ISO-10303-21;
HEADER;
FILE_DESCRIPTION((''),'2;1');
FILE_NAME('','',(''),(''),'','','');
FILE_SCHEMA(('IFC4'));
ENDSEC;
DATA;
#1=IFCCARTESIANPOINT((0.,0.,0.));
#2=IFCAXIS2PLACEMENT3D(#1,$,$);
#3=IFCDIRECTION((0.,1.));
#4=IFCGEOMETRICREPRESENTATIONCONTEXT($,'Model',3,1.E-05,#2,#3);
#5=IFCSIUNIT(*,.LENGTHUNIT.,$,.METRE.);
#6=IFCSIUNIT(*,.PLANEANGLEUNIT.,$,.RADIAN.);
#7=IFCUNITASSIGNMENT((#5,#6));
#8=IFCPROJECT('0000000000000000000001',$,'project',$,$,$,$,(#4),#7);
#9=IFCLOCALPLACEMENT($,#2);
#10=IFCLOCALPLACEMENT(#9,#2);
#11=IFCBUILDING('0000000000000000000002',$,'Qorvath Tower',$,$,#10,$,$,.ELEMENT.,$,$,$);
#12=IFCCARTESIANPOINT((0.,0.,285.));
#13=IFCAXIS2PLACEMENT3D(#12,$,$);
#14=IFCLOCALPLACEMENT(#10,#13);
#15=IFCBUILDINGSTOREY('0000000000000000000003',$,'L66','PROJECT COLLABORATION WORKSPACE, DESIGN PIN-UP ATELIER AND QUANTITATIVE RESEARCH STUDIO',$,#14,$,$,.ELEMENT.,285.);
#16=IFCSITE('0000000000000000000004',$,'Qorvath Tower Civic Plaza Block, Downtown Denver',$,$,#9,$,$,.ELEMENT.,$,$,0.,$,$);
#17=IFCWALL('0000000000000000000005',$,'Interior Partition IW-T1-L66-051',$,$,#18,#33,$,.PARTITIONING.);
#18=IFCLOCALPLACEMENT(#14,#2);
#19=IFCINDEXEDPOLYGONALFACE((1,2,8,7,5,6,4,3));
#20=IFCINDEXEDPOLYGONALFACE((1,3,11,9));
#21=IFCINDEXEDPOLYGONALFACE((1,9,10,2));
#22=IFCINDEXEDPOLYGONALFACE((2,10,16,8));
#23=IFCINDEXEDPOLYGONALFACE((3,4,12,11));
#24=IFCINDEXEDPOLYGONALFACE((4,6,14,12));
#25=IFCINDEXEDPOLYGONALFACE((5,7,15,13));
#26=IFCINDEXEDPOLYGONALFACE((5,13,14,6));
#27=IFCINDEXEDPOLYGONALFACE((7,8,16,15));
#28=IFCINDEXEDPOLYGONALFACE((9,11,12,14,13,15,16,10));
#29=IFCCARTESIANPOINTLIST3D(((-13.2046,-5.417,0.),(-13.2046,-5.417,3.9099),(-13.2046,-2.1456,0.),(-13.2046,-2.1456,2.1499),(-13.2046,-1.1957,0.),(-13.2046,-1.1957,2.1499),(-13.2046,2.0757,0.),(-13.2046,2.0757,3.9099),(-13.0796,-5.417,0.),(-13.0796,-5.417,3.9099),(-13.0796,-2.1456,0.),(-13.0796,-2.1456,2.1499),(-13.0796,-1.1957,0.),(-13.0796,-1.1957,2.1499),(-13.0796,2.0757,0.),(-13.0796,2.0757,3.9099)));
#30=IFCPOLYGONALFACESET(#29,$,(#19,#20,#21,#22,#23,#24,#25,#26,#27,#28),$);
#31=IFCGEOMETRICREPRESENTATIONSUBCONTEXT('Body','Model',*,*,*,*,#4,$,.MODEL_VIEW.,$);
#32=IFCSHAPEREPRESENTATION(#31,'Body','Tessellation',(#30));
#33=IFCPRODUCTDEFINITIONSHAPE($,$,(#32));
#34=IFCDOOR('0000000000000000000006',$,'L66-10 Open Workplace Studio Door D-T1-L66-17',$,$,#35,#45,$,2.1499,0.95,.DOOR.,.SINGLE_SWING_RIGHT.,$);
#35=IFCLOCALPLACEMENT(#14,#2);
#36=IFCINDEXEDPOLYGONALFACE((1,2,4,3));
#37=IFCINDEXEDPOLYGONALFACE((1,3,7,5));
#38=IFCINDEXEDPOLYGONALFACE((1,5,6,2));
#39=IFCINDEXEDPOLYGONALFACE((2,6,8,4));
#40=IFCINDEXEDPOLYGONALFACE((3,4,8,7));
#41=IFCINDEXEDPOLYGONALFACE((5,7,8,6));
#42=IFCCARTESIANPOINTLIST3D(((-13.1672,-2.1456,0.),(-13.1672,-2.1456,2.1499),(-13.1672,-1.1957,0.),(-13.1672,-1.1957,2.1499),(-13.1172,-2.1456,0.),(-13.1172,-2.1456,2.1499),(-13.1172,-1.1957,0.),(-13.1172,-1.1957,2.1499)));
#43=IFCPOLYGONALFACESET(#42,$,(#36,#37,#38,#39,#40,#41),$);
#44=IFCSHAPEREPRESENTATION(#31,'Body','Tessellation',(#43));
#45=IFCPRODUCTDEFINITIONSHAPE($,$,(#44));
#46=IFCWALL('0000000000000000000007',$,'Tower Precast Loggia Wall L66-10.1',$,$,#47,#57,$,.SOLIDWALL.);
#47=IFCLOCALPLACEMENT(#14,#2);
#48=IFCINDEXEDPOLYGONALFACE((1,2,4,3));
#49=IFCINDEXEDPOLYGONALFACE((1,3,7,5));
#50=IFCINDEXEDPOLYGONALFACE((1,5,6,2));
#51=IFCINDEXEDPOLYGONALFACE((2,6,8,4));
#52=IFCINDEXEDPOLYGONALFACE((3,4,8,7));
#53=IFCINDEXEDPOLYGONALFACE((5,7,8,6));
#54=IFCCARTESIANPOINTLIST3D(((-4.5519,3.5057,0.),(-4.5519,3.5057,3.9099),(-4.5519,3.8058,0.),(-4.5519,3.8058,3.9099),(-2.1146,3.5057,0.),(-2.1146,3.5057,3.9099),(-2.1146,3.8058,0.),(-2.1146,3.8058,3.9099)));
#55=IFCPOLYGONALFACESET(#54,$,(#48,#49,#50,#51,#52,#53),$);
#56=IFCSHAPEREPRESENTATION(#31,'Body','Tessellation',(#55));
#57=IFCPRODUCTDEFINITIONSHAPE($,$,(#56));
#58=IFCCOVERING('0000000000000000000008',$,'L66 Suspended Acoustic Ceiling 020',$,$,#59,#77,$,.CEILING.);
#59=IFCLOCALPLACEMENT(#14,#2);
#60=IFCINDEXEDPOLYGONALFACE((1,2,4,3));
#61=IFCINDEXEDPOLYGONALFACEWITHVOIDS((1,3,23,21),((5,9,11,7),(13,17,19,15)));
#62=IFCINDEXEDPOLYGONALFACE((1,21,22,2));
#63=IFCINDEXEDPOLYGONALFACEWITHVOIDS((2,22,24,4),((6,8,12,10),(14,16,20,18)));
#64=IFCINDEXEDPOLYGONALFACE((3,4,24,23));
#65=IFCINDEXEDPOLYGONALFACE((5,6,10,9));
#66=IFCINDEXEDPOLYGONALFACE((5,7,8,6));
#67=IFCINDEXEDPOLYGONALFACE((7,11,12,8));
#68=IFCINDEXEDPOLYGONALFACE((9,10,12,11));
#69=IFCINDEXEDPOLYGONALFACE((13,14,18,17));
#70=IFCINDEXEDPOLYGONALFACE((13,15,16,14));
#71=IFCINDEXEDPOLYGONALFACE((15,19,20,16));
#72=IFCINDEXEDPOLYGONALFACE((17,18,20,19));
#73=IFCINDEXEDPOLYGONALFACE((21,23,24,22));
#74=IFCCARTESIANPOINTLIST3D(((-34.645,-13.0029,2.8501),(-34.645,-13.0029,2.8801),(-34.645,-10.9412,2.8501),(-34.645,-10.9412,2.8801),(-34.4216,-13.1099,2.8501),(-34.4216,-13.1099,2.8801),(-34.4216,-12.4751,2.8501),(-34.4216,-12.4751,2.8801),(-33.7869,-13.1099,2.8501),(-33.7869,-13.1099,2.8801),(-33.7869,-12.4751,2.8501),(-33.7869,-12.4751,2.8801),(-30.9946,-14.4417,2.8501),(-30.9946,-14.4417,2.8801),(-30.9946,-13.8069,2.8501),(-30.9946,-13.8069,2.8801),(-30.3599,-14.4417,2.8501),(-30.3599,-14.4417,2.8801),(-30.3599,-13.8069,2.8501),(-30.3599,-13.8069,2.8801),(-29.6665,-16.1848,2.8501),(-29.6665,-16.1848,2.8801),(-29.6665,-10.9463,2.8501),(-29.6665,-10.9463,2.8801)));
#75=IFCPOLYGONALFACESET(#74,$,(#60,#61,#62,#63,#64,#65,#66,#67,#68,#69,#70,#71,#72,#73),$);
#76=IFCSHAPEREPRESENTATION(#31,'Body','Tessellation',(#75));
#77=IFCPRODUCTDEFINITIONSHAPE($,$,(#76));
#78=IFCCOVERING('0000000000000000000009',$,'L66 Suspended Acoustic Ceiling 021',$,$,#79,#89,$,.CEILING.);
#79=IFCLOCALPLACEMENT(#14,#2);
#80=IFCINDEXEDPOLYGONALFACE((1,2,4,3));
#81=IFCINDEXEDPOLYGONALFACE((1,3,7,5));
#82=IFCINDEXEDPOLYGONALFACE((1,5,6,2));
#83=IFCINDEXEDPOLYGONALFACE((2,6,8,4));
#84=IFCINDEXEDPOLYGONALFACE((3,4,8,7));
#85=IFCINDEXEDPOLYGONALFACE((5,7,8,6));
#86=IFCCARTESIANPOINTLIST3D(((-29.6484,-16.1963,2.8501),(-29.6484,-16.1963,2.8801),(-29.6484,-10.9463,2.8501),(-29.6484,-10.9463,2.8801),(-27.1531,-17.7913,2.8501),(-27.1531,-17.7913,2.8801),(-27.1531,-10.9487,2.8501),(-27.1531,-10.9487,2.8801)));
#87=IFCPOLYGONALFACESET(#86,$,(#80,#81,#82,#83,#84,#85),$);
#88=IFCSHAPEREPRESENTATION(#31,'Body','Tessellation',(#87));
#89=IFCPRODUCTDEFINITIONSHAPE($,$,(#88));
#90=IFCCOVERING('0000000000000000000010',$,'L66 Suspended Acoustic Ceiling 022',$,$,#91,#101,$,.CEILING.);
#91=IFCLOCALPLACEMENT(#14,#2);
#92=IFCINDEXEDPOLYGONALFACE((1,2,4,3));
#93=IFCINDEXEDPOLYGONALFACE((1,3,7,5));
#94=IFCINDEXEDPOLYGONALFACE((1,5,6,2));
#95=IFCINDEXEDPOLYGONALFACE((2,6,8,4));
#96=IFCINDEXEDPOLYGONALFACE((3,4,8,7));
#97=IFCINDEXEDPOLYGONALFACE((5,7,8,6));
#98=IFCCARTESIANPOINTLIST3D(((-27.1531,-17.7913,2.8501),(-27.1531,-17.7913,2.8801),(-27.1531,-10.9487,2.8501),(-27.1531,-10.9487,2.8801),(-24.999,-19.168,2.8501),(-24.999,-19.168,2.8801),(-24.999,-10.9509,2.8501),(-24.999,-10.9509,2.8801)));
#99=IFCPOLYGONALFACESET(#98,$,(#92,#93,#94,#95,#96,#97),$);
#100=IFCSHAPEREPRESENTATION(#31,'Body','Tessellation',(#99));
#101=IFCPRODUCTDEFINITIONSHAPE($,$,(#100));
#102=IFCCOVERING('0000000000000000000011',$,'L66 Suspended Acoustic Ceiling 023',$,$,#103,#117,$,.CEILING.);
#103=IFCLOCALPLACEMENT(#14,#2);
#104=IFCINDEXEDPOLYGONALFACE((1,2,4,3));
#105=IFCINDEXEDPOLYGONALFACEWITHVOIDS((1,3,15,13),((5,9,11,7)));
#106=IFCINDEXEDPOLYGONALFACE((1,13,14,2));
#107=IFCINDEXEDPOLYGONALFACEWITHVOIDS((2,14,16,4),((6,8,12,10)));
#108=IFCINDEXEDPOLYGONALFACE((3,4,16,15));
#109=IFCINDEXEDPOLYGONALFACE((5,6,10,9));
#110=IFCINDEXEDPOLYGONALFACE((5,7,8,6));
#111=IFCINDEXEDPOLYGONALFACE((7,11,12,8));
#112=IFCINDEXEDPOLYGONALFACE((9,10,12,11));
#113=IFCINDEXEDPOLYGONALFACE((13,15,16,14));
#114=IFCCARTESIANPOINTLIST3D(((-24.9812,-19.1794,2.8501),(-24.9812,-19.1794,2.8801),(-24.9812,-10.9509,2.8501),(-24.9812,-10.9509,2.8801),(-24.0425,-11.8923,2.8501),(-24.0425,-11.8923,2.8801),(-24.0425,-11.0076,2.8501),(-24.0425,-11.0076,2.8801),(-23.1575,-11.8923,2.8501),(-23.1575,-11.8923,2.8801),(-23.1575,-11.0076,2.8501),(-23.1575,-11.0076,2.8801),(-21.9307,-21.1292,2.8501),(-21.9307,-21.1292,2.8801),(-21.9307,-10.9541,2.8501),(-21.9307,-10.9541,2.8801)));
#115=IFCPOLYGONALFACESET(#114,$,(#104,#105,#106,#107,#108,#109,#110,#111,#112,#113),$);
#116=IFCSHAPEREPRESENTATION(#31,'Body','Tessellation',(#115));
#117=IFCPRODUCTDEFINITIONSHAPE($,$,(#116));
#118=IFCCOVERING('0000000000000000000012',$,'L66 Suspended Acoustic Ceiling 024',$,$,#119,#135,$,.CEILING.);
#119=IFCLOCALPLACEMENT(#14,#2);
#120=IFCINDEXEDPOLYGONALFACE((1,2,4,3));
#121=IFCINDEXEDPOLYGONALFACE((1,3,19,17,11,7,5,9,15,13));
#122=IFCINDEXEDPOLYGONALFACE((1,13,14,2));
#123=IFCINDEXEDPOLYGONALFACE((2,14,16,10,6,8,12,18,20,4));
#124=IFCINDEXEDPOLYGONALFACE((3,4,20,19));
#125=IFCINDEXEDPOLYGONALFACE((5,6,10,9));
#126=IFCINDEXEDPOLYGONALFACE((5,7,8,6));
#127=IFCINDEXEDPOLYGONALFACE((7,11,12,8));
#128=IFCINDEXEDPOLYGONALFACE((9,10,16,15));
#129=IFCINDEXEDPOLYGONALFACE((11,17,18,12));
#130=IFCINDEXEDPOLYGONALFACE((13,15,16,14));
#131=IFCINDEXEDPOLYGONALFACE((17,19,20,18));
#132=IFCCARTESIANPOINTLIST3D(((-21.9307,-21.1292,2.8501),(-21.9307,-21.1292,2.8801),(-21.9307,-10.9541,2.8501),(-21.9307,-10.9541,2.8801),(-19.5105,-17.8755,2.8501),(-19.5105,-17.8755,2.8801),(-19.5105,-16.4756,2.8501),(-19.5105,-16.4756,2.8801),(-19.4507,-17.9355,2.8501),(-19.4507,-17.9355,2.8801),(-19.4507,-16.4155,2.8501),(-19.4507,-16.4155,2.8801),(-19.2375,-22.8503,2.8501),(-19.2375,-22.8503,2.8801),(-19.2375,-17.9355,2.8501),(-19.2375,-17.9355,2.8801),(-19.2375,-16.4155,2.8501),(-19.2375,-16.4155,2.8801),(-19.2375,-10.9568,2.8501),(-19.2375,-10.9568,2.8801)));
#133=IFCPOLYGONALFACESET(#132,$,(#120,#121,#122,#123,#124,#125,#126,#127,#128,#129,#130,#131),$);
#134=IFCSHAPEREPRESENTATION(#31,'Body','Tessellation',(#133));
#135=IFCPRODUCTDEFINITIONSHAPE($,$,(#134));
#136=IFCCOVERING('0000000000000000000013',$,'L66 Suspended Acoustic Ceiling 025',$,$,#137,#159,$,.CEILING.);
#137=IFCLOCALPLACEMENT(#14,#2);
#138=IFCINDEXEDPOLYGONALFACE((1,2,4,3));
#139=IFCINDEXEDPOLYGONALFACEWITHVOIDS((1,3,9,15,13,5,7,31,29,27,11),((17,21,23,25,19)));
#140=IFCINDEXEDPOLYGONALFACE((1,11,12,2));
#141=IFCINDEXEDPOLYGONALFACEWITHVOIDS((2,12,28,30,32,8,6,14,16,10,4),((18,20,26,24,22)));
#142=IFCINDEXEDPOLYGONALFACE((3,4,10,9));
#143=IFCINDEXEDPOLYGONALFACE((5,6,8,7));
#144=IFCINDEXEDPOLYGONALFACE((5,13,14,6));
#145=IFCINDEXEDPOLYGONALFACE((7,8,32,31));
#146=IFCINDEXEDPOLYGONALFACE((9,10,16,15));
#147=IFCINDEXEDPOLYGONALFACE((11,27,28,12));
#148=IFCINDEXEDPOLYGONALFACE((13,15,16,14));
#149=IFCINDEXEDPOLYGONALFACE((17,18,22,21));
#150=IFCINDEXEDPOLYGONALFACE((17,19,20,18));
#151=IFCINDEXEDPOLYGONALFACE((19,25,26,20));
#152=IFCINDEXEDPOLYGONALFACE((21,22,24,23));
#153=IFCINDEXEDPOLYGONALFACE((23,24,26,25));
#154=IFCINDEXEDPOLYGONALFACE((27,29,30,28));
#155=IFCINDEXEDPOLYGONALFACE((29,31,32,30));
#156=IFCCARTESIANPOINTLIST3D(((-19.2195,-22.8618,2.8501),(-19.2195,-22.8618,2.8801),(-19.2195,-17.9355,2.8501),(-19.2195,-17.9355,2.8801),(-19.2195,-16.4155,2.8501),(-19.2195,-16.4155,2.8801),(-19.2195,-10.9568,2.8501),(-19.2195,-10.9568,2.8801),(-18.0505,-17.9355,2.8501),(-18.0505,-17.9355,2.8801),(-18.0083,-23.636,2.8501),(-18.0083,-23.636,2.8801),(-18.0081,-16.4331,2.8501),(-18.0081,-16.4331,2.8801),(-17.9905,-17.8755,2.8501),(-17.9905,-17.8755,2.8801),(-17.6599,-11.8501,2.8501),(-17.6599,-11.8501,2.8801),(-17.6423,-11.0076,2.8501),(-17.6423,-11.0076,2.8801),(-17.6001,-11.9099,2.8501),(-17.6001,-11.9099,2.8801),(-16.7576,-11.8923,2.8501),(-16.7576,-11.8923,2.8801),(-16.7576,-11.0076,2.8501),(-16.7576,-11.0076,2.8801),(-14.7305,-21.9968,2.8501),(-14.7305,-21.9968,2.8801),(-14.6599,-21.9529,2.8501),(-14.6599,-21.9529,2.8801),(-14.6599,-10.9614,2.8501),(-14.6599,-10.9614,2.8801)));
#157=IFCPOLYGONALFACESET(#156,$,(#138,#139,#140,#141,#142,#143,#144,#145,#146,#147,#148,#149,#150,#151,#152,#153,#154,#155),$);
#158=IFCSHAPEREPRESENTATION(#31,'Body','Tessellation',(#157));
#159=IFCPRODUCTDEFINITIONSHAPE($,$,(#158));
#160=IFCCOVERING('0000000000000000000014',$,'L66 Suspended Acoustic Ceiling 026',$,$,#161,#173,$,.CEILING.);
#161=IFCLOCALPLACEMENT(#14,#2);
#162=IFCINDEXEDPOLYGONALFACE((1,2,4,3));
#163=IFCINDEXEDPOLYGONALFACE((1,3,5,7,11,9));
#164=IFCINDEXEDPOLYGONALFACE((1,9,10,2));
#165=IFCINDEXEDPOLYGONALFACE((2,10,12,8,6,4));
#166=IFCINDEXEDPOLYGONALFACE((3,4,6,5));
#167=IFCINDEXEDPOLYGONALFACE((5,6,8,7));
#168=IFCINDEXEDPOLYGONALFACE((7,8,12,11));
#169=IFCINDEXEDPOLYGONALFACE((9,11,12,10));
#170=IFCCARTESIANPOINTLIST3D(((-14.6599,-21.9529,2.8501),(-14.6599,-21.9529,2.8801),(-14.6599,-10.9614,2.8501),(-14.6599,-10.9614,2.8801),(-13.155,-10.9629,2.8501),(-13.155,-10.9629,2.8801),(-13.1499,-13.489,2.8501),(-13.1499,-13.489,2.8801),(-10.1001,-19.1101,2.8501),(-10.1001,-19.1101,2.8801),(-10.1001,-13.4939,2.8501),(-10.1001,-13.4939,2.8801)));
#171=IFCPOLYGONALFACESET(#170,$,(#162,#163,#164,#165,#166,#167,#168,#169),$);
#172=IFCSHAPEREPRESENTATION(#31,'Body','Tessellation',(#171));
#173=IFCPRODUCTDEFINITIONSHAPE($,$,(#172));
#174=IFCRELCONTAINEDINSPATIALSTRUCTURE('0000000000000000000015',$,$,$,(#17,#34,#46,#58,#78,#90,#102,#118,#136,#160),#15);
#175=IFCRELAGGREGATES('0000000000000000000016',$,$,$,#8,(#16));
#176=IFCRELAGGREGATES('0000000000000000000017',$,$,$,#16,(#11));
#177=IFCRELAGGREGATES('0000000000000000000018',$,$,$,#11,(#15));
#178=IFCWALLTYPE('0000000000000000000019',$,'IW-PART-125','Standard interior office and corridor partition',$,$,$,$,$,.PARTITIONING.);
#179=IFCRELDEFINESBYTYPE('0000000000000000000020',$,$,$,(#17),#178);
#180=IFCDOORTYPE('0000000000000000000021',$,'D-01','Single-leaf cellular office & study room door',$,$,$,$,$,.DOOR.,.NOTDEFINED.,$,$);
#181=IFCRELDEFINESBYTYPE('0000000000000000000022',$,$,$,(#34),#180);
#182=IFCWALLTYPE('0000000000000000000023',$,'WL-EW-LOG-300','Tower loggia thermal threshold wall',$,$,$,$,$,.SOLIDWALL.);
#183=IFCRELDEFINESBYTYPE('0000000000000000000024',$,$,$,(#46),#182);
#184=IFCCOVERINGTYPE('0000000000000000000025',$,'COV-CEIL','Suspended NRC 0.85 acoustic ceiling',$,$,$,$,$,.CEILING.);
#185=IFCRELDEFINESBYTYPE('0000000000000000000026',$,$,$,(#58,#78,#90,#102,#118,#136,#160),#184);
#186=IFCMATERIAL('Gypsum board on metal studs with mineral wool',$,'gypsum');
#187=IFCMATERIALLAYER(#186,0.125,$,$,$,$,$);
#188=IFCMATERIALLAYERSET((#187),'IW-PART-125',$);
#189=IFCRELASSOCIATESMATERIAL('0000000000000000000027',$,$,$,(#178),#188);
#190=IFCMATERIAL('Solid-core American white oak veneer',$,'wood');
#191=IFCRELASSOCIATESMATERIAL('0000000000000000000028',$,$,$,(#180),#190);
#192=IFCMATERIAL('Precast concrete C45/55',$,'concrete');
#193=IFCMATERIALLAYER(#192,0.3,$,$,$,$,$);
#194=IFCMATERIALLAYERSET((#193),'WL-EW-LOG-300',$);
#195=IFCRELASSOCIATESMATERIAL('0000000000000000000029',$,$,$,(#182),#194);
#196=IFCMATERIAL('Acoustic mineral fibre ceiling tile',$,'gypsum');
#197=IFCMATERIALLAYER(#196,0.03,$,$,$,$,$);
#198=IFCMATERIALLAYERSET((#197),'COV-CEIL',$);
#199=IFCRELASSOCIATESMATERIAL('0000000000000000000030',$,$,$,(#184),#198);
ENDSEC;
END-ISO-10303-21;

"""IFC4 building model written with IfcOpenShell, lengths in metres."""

from ifc_helpers import new_model, si_unit, direction, frame, frame_2d, origin, place, context, subcontext, project, spatial, polyline, rectangle, outline, extrude, material, layer, layer_set, type_object, element, fill, save


model = new_model("IFC4")

# Units and contexts
model_context = context("Model", 3, precision=1e-05, world=origin(), true_north=direction((0.0, 1.0)))
body_context = subcontext(model_context, "Body", "Model", "MODEL_VIEW")
ifc_project = project(units=[si_unit("LENGTHUNIT", "METRE"), si_unit("PLANEANGLEUNIT", "RADIAN")], contexts=[model_context])

# Site, building, storey
site_placement = place(None, origin())
site = spatial("IfcSite", under=ifc_project, at=site_placement, Name="Qorvath Tower Civic Plaza Block, Downtown Denver", CompositionType="ELEMENT", RefElevation=0.0)
building_placement = place(site_placement, origin())
building = spatial("IfcBuilding", under=site, at=building_placement, Name="Qorvath Tower", CompositionType="ELEMENT")
storey_placement = place(building_placement, frame((0.0, 0.0, 285.0)))
storey = spatial("IfcBuildingStorey", under=building, at=storey_placement, Name="L66", Description="PROJECT COLLABORATION WORKSPACE, DESIGN PIN-UP ATELIER AND QUANTITATIVE RESEARCH STUDIO", CompositionType="ELEMENT", Elevation=285.0)

# Shared definitions
ifc_material_1 = material(Name="Gypsum board on metal studs with mineral wool", Category="gypsum")
ifc_layer_1 = layer(ifc_material_1, 0.125)
ifc_layer_set_1 = layer_set([ifc_layer_1], Name="IW-PART-125")
wall_type_1 = type_object("IfcWallType", Name="IW-PART-125", Description="Standard interior office and corridor partition", PredefinedType="PARTITIONING", material=ifc_layer_set_1)

# Wall, opening, door
wall_1_placement = place(storey_placement, frame((-13.1421, 2.0757, 0.0), z_axis=(0.0, 0.0, 1.0), x_axis=(0.0, -1.0, 0.0)))
wall_1 = element("IfcWall", 1, at=wall_1_placement, inside=storey, type_object=wall_type_1, Name="Interior Partition IW-T1-L66-051", PredefinedType="PARTITIONING", context=body_context, shape_type="SweptSolid", body=[
    extrude(rectangle(XDim=7.4927, YDim=0.125, at=frame_2d((3.7463, 0.0))), origin(), (0.0, 0.0, 1.0), 3.9099),
])
opening_placement = place(wall_1_placement, frame((3.2712, 0.0, 0.0)))
opening = element("IfcOpeningElement", 2, at=opening_placement, cuts=wall_1, PredefinedType="OPENING", context=body_context, shape_type="SweptSolid", body=[
    extrude(rectangle(XDim=0.95, YDim=2.1499, at=frame_2d((0.4751, 1.075))), frame((0.0, 0.0725, 0.0), z_axis=(0.0, -1.0, 0.0), x_axis=(1.0, 0.0, 0.0)), (0.0, 0.0, 1.0), 0.145),
])
ifc_material_2 = material(Name="Solid-core American white oak veneer", Category="wood")
door_type = type_object("IfcDoorType", Name="D-01", Description="Single-leaf cellular office & study room door", OperationType="NOTDEFINED", PredefinedType="DOOR", material=ifc_material_2)
door_placement = place(opening_placement, origin())
door = element("IfcDoor", 3, at=door_placement, inside=storey, type_object=door_type, Name="L66-10 Open Workplace Studio Door D-T1-L66-17", OperationType="SINGLE_SWING_RIGHT", OverallHeight=2.1499, OverallWidth=0.95, PredefinedType="DOOR", context=body_context, shape_type="SweptSolid", body=[
    extrude(rectangle(XDim=0.95, YDim=2.1499, at=frame_2d((0.4751, 1.075))), frame((0.0, 0.0249, 0.0), z_axis=(0.0, -1.0, 0.0), x_axis=(1.0, 0.0, 0.0)), (0.0, 0.0, 1.0), 0.05),
])
fill(opening, door)

# Wall
ifc_material_3 = material(Name="Precast concrete C45/55", Category="concrete")
ifc_layer_2 = layer(ifc_material_3, 0.3)
ifc_layer_set_2 = layer_set([ifc_layer_2], Name="WL-EW-LOG-300")
wall_type_2 = type_object("IfcWallType", Name="WL-EW-LOG-300", Description="Tower loggia thermal threshold wall", PredefinedType="SOLIDWALL", material=ifc_layer_set_2)
wall_2_placement = place(storey_placement, frame((-4.552, 3.6558, 0.0), z_axis=(0.0, 0.0, 1.0), x_axis=(1.0, 0.0, 0.0)))
element("IfcWall", 4, at=wall_2_placement, inside=storey, type_object=wall_type_2, Name="Tower Precast Loggia Wall L66-10.1", PredefinedType="SOLIDWALL", context=body_context, shape_type="SweptSolid", body=[
    extrude(rectangle(XDim=2.4373, YDim=0.3, at=frame_2d((1.2188, 0.0))), origin(), (0.0, 0.0, 1.0), 3.9099),
])

# Coverings
ifc_material_4 = material(Name="Acoustic mineral fibre ceiling tile", Category="gypsum")
ifc_layer_3 = layer(ifc_material_4, 0.03)
ifc_layer_set_3 = layer_set([ifc_layer_3], Name="COV-CEIL")
covering_type_1 = type_object("IfcCoveringType", Name="COV-CEIL", Description="Suspended NRC 0.85 acoustic ceiling", PredefinedType="CEILING", material=ifc_layer_set_3)
covering_1_placement = place(storey_placement, frame((0.0, 0.0, 2.8501)))
element("IfcCovering", 5, at=covering_1_placement, inside=storey, type_object=covering_type_1, Name="L66 Suspended Acoustic Ceiling 020", PredefinedType="CEILING", context=body_context, shape_type="SweptSolid", body=[
    extrude(outline(polyline([(-34.645, -13.0029), (-29.6665, -16.1848), (-29.6665, -10.9463), (-34.645, -10.9412), (-34.645, -13.0029)]), holes=[polyline([(-30.9946, -13.8069), (-30.3599, -13.8069), (-30.3599, -14.4417), (-30.9946, -14.4417), (-30.9946, -13.8069)]), polyline([(-34.4216, -12.4751), (-33.7869, -12.4751), (-33.7869, -13.1099), (-34.4216, -13.1099), (-34.4216, -12.4751)])]), origin(), (0.0, 0.0, 1.0), 0.03),
])
covering_2_placement = place(storey_placement, frame((0.0, 0.0, 2.8501)))
element("IfcCovering", 6, at=covering_2_placement, inside=storey, type_object=covering_type_1, Name="L66 Suspended Acoustic Ceiling 021", PredefinedType="CEILING", context=body_context, shape_type="SweptSolid", body=[
    extrude(outline(polyline([(-29.6484, -10.9463), (-29.6484, -16.1963), (-27.1531, -17.7913), (-27.1531, -10.9487), (-29.6484, -10.9463)])), origin(), (0.0, 0.0, 1.0), 0.03),
])
covering_3_placement = place(storey_placement, frame((0.0, 0.0, 2.8501)))
element("IfcCovering", 7, at=covering_3_placement, inside=storey, type_object=covering_type_1, Name="L66 Suspended Acoustic Ceiling 022", PredefinedType="CEILING", context=body_context, shape_type="SweptSolid", body=[
    extrude(outline(polyline([(-27.1531, -10.9487), (-27.1531, -17.7913), (-24.999, -19.168), (-24.999, -10.9509), (-27.1531, -10.9487)])), origin(), (0.0, 0.0, 1.0), 0.03),
])
covering_4_placement = place(storey_placement, frame((0.0, 0.0, 2.8501)))
element("IfcCovering", 8, at=covering_4_placement, inside=storey, type_object=covering_type_1, Name="L66 Suspended Acoustic Ceiling 023", PredefinedType="CEILING", context=body_context, shape_type="SweptSolid", body=[
    extrude(outline(polyline([(-24.9812, -19.1794), (-21.9307, -21.1292), (-21.9307, -10.9541), (-24.9812, -10.9509), (-24.9812, -19.1794)]), holes=[polyline([(-24.0425, -11.8923), (-24.0425, -11.0076), (-23.1575, -11.0076), (-23.1575, -11.8923), (-24.0425, -11.8923)])]), origin(), (0.0, 0.0, 1.0), 0.03),
])
covering_5_placement = place(storey_placement, frame((0.0, 0.0, 2.8501)))
element("IfcCovering", 9, at=covering_5_placement, inside=storey, type_object=covering_type_1, Name="L66 Suspended Acoustic Ceiling 024", PredefinedType="CEILING", context=body_context, shape_type="SweptSolid", body=[
    extrude(outline(polyline([(-21.9307, -10.9541), (-21.9307, -21.1292), (-19.2375, -22.8503), (-19.2375, -17.9355), (-19.4507, -17.9355), (-19.5105, -17.8755), (-19.5105, -16.4756), (-19.4507, -16.4155), (-19.2375, -16.4155), (-19.2375, -10.9568), (-21.9307, -10.9541)])), origin(), (0.0, 0.0, 1.0), 0.03),
])
covering_6_placement = place(storey_placement, frame((0.0, 0.0, 2.8501)))
element("IfcCovering", 10, at=covering_6_placement, inside=storey, type_object=covering_type_1, Name="L66 Suspended Acoustic Ceiling 025", PredefinedType="CEILING", context=body_context, shape_type="SweptSolid", body=[
    extrude(outline(polyline([(-14.6599, -21.9529), (-14.6599, -10.9614), (-19.2195, -10.9568), (-19.2195, -16.4155), (-18.0081, -16.4331), (-17.9905, -17.8755), (-18.0505, -17.9355), (-19.2195, -17.9355), (-19.2195, -22.8618), (-18.0083, -23.636), (-14.7305, -21.9968), (-14.6599, -21.9529)]), holes=[polyline([(-17.6599, -11.8501), (-17.6423, -11.0076), (-16.7576, -11.0076), (-16.7576, -11.8923), (-17.6001, -11.9099), (-17.6599, -11.8501)])]), origin(), (0.0, 0.0, 1.0), 0.03),
])
covering_7_placement = place(storey_placement, frame((0.0, 0.0, 2.8501)))
element("IfcCovering", 11, at=covering_7_placement, inside=storey, type_object=covering_type_1, Name="L66 Suspended Acoustic Ceiling 026", PredefinedType="CEILING", context=body_context, shape_type="SweptSolid", body=[
    extrude(outline(polyline([(-13.155, -10.9629), (-14.6599, -10.9614), (-14.6599, -21.9529), (-10.1001, -19.1101), (-10.1001, -13.4939), (-13.1499, -13.489), (-13.155, -10.9629)])), origin(), (0.0, 0.0, 1.0), 0.03),
])

save(model, "model.ifc")
